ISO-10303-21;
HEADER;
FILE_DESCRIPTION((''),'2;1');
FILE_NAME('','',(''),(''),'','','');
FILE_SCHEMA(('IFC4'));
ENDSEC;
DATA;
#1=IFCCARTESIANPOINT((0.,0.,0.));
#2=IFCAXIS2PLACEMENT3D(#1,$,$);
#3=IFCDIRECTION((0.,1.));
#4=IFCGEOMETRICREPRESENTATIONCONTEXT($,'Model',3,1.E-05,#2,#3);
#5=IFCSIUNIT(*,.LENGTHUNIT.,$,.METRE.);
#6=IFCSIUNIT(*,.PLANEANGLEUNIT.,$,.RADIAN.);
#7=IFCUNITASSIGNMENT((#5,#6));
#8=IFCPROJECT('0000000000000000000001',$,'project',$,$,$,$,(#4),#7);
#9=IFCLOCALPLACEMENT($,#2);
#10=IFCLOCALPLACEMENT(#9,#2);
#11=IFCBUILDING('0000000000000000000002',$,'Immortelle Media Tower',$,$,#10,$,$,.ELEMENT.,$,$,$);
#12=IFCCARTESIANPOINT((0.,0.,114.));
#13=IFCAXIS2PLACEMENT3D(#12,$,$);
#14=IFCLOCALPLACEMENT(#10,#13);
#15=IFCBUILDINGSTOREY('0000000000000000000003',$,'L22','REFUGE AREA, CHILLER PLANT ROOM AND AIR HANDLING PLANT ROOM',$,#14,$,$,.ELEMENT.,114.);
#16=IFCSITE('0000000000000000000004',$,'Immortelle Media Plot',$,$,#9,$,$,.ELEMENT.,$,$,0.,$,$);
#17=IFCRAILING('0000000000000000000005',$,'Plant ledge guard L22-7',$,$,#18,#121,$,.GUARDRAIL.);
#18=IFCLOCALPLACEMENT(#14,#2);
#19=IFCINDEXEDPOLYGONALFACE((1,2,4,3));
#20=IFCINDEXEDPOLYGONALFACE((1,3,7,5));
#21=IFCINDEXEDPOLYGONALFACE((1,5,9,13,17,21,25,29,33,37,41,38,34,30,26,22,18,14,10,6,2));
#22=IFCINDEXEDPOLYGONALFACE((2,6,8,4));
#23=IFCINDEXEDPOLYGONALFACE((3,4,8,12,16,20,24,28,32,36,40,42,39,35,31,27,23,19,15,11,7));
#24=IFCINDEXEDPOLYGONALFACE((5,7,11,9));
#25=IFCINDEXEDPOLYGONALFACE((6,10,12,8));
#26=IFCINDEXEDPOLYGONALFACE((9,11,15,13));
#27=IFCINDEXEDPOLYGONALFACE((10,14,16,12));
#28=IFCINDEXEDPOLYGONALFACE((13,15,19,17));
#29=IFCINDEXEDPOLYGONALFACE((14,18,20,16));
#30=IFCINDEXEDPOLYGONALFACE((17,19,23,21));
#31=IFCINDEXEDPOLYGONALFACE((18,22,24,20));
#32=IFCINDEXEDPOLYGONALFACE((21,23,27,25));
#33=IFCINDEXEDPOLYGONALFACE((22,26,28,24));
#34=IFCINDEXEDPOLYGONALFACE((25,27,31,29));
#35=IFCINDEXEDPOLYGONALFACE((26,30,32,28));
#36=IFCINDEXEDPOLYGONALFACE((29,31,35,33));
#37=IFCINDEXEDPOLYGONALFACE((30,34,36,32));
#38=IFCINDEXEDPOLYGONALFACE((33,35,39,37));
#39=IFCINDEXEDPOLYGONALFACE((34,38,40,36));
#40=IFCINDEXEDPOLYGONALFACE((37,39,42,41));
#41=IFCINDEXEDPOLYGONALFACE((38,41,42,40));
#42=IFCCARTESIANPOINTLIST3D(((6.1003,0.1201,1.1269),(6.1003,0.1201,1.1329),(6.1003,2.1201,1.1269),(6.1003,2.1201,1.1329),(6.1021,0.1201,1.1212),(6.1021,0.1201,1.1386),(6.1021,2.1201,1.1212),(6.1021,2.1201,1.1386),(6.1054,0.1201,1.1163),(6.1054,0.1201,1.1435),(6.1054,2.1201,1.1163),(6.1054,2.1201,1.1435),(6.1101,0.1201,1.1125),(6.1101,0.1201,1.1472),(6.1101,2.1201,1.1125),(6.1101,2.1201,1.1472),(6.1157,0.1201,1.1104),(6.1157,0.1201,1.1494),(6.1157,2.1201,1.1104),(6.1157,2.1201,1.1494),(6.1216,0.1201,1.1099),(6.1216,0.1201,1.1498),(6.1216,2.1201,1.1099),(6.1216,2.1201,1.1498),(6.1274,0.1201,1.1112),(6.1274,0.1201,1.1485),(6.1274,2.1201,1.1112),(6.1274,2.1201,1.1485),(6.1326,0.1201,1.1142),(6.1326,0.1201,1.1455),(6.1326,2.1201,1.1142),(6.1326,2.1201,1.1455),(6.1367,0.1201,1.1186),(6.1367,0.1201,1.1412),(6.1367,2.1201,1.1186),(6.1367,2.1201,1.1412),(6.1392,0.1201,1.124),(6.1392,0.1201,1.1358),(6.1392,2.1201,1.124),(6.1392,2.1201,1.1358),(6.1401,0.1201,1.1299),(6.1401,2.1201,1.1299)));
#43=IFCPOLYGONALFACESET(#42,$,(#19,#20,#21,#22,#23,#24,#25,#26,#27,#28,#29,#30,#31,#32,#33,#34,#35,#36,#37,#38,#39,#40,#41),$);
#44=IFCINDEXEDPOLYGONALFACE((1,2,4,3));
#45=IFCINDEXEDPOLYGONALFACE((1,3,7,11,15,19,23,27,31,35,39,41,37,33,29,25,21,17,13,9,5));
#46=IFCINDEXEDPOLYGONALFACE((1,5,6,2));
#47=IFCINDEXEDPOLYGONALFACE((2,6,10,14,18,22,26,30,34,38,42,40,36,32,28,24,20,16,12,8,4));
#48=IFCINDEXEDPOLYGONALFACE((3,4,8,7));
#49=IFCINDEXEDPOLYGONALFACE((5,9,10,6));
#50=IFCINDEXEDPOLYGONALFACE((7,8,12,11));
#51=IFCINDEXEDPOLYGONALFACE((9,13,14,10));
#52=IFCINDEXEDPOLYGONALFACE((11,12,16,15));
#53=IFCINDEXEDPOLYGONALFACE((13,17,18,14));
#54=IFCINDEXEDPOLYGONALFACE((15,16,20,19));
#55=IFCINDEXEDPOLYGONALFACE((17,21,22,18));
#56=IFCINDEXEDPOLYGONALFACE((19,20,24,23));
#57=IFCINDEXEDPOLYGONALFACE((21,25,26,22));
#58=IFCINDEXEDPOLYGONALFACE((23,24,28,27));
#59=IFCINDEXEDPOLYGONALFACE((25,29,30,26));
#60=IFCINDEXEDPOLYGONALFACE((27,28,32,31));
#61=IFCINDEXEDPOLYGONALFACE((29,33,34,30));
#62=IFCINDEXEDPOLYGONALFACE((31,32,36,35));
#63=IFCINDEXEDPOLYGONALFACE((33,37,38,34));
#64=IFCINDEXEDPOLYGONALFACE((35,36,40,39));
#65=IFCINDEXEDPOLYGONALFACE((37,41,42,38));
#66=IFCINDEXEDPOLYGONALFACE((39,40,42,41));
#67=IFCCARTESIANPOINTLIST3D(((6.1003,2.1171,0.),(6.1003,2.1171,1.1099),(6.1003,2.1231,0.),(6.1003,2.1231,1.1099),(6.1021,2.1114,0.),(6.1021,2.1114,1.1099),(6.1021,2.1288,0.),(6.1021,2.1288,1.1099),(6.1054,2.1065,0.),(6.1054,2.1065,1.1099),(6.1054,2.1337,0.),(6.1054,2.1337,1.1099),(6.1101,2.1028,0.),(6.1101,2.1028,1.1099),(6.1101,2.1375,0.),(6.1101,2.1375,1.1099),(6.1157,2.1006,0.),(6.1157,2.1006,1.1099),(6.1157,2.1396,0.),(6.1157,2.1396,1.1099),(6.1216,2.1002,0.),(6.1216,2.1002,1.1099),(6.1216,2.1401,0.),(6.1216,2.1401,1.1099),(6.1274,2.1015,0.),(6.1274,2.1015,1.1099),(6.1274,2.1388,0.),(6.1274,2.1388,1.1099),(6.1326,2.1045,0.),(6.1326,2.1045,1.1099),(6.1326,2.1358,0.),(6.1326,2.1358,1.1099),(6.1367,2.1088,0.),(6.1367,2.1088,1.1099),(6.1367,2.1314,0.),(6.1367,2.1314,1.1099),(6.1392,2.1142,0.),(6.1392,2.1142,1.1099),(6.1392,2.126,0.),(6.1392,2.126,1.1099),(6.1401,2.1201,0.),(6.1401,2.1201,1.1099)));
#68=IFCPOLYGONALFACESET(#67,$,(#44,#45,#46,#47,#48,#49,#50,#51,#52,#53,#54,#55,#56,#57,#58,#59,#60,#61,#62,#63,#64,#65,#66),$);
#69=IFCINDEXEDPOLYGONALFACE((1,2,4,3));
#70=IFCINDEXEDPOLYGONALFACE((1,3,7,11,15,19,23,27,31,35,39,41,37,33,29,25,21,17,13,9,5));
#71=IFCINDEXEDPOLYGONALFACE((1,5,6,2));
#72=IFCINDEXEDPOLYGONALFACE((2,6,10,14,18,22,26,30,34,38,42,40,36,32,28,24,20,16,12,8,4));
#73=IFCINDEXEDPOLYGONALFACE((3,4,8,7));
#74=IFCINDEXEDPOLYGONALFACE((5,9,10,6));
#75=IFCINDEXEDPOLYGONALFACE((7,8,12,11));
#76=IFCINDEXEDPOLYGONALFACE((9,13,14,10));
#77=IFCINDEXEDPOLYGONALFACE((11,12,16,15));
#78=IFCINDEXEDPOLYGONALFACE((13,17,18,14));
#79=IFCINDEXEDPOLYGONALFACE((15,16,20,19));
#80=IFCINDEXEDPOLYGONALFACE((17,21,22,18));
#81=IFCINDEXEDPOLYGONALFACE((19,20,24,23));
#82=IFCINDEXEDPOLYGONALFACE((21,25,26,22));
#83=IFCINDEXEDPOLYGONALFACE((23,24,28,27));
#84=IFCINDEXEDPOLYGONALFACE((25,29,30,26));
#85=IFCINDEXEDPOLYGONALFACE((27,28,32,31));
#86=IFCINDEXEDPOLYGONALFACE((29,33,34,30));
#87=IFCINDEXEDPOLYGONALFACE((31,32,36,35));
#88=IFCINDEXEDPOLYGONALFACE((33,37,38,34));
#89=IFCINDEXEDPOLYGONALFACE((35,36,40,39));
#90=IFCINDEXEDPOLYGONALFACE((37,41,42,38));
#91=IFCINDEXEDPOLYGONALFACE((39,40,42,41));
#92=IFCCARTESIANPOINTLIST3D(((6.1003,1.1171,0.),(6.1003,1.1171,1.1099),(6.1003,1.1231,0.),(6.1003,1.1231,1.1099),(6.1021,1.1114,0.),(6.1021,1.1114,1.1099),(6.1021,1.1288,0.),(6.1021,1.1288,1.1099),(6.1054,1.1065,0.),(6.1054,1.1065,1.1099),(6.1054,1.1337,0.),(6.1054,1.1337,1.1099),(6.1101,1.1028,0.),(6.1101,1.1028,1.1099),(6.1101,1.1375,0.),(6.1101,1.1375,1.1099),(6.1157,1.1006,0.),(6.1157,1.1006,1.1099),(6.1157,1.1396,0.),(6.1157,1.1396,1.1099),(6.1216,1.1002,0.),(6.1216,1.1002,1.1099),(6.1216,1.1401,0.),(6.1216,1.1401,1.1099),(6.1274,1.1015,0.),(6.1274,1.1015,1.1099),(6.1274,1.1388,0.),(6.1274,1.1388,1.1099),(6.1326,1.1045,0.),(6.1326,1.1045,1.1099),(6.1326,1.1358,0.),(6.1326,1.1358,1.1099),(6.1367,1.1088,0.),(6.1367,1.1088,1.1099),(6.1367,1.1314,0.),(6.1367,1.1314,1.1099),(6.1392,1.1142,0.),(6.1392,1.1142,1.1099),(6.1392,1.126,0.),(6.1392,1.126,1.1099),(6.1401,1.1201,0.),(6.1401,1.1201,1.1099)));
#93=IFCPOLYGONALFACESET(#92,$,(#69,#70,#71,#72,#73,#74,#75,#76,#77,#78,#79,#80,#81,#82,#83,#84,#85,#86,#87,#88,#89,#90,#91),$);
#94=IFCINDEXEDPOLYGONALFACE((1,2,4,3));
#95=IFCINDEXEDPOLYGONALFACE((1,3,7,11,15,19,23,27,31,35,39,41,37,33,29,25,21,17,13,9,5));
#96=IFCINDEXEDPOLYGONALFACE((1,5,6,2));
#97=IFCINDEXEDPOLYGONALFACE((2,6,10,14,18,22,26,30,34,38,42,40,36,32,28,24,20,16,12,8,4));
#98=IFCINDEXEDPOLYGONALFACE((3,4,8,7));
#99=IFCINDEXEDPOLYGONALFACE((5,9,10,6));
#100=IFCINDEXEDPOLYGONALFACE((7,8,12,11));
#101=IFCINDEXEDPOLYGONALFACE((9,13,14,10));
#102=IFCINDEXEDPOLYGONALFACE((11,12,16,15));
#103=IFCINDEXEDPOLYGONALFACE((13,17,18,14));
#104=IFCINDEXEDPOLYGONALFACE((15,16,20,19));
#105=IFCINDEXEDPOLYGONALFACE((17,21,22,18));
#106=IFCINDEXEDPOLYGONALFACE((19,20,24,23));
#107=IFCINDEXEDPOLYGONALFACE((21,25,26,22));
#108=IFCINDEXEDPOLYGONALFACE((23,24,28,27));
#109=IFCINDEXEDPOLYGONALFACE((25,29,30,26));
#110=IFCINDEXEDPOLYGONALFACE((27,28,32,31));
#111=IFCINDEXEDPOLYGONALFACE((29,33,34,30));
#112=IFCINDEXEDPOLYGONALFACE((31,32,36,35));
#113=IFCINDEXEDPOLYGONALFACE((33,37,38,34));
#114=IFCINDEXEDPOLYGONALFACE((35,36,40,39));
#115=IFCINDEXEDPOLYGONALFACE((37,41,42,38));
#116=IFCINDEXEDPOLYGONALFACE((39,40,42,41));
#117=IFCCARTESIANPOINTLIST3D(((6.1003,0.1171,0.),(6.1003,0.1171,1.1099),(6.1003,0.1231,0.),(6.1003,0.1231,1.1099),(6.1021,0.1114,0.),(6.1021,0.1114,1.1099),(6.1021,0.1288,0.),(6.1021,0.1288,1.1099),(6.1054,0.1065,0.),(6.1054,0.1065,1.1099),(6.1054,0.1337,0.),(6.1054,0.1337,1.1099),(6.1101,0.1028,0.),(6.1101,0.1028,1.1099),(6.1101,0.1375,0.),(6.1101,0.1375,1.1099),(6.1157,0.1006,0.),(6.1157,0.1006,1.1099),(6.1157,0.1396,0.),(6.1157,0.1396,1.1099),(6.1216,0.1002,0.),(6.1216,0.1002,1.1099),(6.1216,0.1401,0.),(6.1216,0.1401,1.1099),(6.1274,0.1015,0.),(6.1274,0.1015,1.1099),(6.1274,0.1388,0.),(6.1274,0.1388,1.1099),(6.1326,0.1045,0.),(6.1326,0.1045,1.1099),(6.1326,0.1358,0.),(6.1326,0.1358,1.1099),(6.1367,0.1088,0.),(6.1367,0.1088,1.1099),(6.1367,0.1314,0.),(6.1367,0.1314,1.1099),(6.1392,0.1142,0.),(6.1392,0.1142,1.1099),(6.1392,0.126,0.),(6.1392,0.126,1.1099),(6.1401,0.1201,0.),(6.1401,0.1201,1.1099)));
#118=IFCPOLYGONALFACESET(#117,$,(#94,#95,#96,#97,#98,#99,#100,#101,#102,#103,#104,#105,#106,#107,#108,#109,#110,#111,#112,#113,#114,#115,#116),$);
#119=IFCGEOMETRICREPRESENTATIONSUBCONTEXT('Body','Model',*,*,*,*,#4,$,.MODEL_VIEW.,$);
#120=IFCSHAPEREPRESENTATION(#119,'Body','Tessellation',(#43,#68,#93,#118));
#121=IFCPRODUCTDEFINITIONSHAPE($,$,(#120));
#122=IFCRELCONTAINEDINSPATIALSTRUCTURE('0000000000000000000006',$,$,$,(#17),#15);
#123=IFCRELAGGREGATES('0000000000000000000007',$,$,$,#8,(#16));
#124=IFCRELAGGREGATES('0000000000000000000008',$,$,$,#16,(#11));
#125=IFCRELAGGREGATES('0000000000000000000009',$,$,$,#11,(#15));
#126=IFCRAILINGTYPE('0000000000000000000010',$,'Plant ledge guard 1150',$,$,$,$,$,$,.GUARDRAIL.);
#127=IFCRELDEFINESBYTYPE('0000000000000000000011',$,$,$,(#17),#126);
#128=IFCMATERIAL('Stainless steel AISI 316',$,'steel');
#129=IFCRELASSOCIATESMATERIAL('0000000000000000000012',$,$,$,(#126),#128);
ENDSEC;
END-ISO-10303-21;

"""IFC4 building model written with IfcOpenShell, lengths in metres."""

from ifc_helpers import new_model, si_unit, direction, frame, origin, origin_2d, place, context, subcontext, project, spatial, circle, extrude, material, type_object, element, save


model = new_model("IFC4")

# Units and contexts
model_context = context("Model", 3, precision=1e-05, world=origin(), true_north=direction((0.0, 1.0)))
body_context = subcontext(model_context, "Body", "Model", "MODEL_VIEW")
ifc_project = project(units=[si_unit("LENGTHUNIT", "METRE"), si_unit("PLANEANGLEUNIT", "RADIAN")], contexts=[model_context])

# Site, building, storey
site_placement = place(None, origin())
site = spatial("IfcSite", under=ifc_project, at=site_placement, Name="Immortelle Media Plot", CompositionType="ELEMENT", RefElevation=0.0)
building_placement = place(site_placement, origin())
building = spatial("IfcBuilding", under=site, at=building_placement, Name="Immortelle Media Tower", CompositionType="ELEMENT")
storey_placement = place(building_placement, frame((0.0, 0.0, 114.0)))
storey = spatial("IfcBuildingStorey", under=building, at=storey_placement, Name="L22", Description="REFUGE AREA, CHILLER PLANT ROOM AND AIR HANDLING PLANT ROOM", CompositionType="ELEMENT", Elevation=114.0)

# Railing
ifc_material_1 = material(Name="Stainless steel AISI 316", Category="steel")
railing_type = type_object("IfcRailingType", Name="Plant ledge guard 1150", PredefinedType="GUARDRAIL", material=ifc_material_1)
railing_1_placement = place(storey_placement, frame((6.1201, 2.1201, 0.0)))
element("IfcRailing", 1, at=railing_1_placement, inside=storey, type_object=railing_type, Name="Plant ledge guard L22-7", PredefinedType="GUARDRAIL", context=body_context, shape_type="SweptSolid", body=[
    extrude(circle(Radius=0.02, at=origin_2d()), frame((0.0, 0.0, 1.1299), z_axis=(0.0, -1.0, 0.0), x_axis=(1.0, 0.0, 0.0)), (0.0, 0.0, 1.0), 2.0),
    extrude(circle(Radius=0.02, at=origin_2d()), origin(), (0.0, 0.0, 1.0), 1.1099),
    extrude(circle(Radius=0.02, at=origin_2d()), frame((0.0, -1.0, 0.0)), (0.0, 0.0, 1.0), 1.1099),
    extrude(circle(Radius=0.02, at=origin_2d()), frame((0.0, -2.0, 0.0)), (0.0, 0.0, 1.0), 1.1099),
])

save(model, "model.ifc")
